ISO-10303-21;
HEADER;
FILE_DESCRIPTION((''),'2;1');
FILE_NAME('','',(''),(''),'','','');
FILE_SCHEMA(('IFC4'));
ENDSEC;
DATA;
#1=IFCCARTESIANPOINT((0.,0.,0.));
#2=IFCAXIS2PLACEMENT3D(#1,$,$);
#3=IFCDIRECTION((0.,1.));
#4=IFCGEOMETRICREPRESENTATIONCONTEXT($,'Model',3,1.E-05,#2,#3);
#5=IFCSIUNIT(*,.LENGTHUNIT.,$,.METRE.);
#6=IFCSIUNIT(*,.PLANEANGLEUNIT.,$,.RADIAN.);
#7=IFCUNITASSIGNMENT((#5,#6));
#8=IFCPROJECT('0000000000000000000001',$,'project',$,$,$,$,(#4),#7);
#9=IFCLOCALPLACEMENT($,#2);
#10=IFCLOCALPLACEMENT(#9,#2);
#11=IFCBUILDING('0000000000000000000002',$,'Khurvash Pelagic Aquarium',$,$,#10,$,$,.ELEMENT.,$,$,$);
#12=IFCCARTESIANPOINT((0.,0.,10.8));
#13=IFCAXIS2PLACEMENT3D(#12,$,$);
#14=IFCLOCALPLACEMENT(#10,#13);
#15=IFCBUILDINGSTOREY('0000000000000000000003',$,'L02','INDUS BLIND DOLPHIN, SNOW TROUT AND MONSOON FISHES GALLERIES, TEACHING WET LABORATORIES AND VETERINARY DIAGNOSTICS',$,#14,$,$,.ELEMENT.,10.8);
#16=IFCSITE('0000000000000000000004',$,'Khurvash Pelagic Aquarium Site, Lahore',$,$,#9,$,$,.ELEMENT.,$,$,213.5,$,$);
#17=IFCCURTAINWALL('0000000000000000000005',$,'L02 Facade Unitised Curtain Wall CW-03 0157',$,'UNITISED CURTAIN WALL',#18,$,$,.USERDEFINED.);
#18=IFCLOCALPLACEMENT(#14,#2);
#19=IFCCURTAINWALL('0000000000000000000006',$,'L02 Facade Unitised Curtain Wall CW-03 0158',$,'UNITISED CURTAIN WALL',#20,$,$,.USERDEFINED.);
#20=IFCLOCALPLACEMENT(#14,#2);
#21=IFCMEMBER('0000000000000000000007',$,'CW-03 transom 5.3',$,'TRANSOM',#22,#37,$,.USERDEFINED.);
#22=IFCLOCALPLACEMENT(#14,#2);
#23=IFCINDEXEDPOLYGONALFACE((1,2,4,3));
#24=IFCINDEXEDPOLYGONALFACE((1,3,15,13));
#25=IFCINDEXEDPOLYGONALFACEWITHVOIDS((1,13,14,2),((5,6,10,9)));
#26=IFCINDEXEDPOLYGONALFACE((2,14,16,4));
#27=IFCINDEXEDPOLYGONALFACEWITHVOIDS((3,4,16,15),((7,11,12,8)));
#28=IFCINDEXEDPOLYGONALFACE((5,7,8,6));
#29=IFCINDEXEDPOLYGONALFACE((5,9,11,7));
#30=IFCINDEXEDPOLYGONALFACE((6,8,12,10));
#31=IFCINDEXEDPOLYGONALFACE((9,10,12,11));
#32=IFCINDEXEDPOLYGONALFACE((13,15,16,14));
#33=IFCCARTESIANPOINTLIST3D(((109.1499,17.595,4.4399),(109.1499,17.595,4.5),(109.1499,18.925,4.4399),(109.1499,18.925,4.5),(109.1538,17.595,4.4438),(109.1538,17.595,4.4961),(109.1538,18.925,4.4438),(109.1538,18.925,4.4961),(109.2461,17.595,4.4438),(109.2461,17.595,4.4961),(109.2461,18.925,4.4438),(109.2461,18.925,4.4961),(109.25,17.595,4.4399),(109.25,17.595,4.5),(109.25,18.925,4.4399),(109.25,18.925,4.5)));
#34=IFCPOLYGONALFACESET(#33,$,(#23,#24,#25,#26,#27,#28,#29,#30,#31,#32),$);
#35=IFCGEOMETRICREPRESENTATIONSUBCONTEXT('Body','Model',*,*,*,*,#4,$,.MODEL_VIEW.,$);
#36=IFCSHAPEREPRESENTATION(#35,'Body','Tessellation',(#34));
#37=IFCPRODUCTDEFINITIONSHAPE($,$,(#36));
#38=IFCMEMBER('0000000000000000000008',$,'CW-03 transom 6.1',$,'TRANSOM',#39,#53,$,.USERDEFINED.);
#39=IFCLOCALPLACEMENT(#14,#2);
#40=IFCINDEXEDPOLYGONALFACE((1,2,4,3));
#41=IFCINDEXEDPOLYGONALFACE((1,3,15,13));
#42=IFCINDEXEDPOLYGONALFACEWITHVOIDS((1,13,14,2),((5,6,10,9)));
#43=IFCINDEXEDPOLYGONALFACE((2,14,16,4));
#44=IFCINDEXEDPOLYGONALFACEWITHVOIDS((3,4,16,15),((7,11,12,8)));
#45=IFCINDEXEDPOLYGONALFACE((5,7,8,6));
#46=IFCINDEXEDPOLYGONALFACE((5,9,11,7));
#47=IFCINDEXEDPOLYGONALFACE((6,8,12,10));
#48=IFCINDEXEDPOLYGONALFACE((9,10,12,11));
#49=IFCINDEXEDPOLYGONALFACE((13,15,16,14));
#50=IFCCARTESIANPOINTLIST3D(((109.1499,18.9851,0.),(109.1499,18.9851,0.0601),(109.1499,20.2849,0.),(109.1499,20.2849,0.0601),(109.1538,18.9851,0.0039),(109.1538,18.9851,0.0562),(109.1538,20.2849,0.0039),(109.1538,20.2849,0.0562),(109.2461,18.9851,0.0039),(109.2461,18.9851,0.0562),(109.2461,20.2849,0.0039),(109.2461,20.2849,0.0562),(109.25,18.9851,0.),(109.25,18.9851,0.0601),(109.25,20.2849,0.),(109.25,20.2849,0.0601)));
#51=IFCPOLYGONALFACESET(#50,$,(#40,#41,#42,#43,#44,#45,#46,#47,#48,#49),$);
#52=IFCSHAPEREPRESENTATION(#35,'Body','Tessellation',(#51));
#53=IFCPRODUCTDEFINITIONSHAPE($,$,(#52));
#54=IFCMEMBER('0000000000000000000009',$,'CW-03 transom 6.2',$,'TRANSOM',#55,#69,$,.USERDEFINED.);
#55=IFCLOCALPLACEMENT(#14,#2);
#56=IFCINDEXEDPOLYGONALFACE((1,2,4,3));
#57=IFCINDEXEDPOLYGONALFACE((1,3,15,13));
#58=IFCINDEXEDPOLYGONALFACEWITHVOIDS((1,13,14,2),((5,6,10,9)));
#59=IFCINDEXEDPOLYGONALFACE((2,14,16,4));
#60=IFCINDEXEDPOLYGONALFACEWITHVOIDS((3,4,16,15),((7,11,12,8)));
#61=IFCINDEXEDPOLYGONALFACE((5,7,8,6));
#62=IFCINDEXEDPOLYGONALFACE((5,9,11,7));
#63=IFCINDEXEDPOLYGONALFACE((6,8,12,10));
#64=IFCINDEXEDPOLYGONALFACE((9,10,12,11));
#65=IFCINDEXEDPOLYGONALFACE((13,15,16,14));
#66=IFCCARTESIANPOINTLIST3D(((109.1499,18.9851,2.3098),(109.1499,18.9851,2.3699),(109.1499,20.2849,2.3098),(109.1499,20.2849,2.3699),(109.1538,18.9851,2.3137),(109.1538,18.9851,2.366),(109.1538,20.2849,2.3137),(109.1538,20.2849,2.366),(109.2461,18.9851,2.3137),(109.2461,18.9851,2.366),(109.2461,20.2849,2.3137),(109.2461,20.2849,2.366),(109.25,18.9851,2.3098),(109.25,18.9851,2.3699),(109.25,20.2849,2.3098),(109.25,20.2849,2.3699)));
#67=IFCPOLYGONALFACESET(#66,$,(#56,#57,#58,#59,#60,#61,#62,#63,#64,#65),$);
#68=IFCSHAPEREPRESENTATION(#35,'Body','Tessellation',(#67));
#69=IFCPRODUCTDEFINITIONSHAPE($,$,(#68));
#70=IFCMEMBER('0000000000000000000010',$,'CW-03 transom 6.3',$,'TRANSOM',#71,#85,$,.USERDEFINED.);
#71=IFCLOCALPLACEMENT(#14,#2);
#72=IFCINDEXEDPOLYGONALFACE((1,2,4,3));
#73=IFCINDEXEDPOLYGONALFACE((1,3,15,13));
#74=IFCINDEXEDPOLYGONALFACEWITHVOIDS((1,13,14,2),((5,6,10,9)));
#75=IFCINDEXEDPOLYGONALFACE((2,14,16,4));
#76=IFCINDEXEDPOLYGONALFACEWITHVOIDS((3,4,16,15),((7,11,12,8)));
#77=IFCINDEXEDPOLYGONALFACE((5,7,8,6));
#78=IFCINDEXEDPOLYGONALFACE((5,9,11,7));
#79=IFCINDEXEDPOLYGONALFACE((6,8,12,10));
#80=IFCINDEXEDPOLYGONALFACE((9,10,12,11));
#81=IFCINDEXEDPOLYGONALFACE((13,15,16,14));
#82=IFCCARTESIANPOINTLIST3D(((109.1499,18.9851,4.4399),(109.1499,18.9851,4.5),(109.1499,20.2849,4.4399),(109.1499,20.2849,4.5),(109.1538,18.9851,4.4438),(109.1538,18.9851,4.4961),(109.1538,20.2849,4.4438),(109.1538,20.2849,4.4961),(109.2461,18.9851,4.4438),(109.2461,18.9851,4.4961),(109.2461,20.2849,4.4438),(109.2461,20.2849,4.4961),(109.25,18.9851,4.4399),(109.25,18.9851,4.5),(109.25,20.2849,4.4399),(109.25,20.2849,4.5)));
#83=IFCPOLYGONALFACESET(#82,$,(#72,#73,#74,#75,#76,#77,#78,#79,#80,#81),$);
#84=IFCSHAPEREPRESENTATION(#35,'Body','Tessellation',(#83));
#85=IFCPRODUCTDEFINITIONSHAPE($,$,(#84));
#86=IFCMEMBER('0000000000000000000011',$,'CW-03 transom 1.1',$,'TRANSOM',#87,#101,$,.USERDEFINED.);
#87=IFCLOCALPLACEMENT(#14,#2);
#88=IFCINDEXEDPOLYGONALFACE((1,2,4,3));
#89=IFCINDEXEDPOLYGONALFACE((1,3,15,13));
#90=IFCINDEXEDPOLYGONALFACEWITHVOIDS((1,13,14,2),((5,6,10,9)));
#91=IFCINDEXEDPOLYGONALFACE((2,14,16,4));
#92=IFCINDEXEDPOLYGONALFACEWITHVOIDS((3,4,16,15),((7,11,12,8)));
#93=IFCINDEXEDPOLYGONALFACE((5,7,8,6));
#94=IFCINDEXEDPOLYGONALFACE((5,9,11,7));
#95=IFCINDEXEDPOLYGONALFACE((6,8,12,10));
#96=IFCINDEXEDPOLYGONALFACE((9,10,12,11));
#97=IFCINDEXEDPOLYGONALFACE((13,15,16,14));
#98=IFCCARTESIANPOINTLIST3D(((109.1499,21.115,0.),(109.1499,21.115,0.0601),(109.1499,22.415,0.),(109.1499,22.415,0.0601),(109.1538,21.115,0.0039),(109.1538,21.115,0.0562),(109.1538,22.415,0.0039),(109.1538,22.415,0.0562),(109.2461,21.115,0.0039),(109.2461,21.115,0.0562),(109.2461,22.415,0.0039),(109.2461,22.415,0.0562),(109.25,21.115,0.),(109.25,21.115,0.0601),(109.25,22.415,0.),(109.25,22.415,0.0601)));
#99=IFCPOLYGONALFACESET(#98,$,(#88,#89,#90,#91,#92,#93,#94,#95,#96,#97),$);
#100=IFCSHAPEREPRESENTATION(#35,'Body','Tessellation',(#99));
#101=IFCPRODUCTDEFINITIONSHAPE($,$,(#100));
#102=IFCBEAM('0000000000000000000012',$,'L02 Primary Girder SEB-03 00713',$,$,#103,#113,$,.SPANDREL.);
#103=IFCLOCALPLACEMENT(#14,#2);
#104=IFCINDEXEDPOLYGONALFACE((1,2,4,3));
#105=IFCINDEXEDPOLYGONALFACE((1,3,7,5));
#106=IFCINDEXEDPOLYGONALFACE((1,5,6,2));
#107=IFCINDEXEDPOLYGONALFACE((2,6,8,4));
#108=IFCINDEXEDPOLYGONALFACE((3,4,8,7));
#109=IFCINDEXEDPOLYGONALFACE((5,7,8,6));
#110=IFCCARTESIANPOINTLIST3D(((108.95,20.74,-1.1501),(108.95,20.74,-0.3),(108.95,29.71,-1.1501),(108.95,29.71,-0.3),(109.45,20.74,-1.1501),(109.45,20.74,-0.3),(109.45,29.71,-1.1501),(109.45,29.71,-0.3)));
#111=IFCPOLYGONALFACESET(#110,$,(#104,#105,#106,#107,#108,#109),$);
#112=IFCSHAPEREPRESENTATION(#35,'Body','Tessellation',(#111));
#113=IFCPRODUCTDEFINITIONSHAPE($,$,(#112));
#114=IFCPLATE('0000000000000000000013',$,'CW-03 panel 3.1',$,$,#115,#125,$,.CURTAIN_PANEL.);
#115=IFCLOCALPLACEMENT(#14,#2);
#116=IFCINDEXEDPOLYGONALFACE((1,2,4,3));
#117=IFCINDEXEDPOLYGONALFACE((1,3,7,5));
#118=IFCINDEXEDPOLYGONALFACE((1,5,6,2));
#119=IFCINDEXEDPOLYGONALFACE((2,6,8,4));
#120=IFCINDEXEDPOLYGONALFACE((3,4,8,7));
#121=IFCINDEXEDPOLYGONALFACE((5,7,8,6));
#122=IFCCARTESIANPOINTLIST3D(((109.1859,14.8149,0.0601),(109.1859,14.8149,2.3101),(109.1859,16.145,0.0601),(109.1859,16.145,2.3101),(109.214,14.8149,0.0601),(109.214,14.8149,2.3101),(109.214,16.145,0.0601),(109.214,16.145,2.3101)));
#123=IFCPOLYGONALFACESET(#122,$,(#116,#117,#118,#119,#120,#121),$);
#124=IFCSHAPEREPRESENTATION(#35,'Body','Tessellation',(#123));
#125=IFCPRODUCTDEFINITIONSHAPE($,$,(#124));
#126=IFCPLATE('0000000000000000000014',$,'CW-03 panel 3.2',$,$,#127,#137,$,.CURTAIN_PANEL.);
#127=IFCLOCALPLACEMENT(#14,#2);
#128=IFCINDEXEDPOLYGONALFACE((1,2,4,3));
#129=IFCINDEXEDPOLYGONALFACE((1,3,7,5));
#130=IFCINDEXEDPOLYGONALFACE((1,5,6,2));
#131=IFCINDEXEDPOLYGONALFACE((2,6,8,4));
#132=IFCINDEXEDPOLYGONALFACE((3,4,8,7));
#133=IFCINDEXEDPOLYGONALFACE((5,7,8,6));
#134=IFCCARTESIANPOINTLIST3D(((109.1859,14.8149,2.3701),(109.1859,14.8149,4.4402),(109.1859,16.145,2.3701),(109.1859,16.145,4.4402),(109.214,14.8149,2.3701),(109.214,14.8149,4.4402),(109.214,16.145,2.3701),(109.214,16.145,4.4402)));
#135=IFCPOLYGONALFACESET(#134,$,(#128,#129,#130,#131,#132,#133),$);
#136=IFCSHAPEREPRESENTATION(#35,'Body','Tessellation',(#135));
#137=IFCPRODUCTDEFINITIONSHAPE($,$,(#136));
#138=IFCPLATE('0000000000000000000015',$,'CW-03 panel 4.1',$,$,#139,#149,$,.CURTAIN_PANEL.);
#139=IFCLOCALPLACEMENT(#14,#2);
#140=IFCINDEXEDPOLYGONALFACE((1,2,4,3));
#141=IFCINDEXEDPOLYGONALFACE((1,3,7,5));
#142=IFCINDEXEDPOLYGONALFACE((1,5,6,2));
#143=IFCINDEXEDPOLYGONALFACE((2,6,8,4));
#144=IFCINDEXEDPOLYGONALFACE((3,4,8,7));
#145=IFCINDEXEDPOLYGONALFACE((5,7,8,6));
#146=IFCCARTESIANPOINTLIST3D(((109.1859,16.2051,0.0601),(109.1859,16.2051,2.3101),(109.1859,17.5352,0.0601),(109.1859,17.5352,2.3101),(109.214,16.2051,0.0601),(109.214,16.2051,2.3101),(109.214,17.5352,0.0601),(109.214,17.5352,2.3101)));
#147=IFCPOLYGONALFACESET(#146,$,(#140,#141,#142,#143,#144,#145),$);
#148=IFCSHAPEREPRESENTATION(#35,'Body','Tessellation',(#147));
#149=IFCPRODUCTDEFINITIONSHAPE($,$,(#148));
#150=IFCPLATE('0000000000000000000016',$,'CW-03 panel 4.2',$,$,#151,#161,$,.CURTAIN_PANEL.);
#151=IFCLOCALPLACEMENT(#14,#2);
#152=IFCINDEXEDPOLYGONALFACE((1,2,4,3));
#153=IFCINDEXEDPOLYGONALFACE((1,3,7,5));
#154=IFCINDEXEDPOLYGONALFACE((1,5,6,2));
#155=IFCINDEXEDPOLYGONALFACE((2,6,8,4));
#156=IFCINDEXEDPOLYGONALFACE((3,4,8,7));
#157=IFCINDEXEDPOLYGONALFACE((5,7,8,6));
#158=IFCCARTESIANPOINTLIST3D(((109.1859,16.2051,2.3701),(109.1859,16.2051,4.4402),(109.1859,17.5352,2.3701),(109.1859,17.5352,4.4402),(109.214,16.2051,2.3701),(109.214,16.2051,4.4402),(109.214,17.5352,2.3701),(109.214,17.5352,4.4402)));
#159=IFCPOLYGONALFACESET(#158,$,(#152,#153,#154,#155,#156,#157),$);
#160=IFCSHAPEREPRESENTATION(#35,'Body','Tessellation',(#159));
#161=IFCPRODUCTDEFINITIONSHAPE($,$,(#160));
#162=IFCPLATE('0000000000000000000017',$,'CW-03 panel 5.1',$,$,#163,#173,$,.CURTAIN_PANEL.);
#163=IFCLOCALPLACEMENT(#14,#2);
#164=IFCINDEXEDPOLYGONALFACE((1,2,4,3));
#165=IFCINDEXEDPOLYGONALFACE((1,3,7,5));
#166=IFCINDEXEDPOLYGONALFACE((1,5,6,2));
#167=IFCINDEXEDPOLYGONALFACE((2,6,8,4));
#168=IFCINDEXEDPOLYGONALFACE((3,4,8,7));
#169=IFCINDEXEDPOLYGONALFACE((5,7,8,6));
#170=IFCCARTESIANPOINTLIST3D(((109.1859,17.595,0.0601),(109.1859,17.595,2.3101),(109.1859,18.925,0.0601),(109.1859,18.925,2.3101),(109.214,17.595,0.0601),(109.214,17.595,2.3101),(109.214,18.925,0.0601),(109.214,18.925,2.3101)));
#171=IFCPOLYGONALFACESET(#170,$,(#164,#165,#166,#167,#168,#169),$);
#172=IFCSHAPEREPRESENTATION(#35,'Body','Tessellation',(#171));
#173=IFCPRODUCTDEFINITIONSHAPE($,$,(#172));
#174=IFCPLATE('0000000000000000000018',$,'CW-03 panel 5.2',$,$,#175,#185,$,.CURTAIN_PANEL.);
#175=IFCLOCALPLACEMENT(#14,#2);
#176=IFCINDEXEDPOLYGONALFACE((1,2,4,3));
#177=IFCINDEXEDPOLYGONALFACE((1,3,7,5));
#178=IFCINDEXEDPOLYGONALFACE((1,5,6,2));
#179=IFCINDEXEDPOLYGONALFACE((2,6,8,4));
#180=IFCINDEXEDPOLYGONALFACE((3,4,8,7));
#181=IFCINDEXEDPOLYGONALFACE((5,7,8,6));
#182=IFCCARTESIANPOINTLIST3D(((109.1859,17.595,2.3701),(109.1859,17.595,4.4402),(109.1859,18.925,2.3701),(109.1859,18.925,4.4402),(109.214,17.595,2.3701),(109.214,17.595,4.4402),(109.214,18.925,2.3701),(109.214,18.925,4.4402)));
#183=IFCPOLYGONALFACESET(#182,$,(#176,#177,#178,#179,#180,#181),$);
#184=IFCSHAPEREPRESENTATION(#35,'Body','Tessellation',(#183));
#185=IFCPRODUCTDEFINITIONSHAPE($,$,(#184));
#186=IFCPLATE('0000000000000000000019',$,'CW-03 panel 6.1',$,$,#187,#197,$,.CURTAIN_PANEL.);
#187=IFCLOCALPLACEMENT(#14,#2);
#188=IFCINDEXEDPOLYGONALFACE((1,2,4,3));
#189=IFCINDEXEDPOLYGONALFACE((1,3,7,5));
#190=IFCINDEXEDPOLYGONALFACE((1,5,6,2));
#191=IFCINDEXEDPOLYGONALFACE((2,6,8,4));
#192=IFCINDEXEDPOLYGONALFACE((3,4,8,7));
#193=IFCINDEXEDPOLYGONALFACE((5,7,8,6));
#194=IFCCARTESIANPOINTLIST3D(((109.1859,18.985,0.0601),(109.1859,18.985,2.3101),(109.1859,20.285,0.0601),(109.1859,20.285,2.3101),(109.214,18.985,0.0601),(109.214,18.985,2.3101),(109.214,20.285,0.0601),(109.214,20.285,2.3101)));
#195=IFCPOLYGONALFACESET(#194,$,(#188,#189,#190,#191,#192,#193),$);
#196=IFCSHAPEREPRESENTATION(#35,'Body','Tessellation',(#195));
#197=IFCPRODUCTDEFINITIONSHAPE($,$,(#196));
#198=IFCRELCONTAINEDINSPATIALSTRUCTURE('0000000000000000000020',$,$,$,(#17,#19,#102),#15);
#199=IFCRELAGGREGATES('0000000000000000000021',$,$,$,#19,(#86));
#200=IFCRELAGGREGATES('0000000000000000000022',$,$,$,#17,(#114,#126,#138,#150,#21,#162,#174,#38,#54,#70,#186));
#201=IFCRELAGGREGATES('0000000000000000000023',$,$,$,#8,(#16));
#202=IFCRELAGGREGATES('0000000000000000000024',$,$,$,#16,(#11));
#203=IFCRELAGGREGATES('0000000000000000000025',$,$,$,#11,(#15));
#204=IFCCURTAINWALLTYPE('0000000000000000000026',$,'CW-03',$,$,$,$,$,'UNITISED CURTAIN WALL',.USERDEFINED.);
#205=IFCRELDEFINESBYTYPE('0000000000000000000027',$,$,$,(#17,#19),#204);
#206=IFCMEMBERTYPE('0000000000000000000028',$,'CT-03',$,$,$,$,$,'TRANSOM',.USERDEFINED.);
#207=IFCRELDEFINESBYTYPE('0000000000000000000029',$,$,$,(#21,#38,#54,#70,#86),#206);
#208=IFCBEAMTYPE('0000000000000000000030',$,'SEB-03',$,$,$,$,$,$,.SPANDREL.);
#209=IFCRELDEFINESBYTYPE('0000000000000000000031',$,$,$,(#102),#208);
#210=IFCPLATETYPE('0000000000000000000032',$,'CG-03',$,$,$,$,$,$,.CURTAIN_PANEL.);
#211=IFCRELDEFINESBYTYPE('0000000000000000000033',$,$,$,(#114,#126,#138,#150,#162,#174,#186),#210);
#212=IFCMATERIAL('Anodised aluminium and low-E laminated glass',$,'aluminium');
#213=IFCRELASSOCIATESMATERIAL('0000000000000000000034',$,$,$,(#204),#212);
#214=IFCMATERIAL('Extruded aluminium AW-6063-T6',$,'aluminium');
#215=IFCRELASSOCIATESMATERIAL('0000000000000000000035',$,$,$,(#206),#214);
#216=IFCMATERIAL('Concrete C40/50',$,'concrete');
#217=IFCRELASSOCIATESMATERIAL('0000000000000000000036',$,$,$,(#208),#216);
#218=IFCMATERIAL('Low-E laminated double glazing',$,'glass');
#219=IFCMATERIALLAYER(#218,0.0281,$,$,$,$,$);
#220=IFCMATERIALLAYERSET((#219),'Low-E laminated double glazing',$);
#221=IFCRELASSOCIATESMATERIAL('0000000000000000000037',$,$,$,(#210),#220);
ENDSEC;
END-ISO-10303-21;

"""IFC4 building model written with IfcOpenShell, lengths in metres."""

from ifc_helpers import new_model, si_unit, direction, frame, origin, origin_2d, place, context, subcontext, project, spatial, rectangle, hollow_rectangle, extrude, material, layer, layer_set, material_profile, profile_set, type_object, element, aggregate, save


model = new_model("IFC4")

# Units and contexts
model_context = context("Model", 3, precision=1e-05, world=origin(), true_north=direction((0.0, 1.0)))
body_context = subcontext(model_context, "Body", "Model", "MODEL_VIEW")
ifc_project = project(units=[si_unit("LENGTHUNIT", "METRE"), si_unit("PLANEANGLEUNIT", "RADIAN")], contexts=[model_context])

# Site, building, storey
site_placement = place(None, origin())
site = spatial("IfcSite", under=ifc_project, at=site_placement, Name="Khurvash Pelagic Aquarium Site, Lahore", CompositionType="ELEMENT", RefElevation=213.5)
building_placement = place(site_placement, origin())
building = spatial("IfcBuilding", under=site, at=building_placement, Name="Khurvash Pelagic Aquarium", CompositionType="ELEMENT")
storey_placement = place(building_placement, frame((0.0, 0.0, 10.8)))
storey = spatial("IfcBuildingStorey", under=building, at=storey_placement, Name="L02", Description="INDUS BLIND DOLPHIN, SNOW TROUT AND MONSOON FISHES GALLERIES, TEACHING WET LABORATORIES AND VETERINARY DIAGNOSTICS", CompositionType="ELEMENT", Elevation=10.8)

# Shared definitions
ifc_material_1 = material(Name="Concrete C40/50", Category="concrete")

# Curtain wall
ifc_material_2 = material(Name="Anodised aluminium and low-E laminated glass", Category="aluminium")
curtain_wall_type = type_object("IfcCurtainWallType", Name="CW-03", ElementType="UNITISED CURTAIN WALL", PredefinedType="USERDEFINED", material=ifc_material_2)
curtain_wall_1_placement = place(storey_placement, origin())
curtain_wall_1 = element("IfcCurtainWall", 1, at=curtain_wall_1_placement, inside=storey, type_object=curtain_wall_type, Name="L02 Facade Unitised Curtain Wall CW-03 0157", ObjectType="UNITISED CURTAIN WALL", PredefinedType="USERDEFINED")
ifc_material_3 = material(Name="Extruded aluminium AW-6063-T6", Category="aluminium")

# Curtain wall
curtain_wall_2_placement = place(storey_placement, origin())
curtain_wall_2 = element("IfcCurtainWall", 2, at=curtain_wall_2_placement, inside=storey, type_object=curtain_wall_type, Name="L02 Facade Unitised Curtain Wall CW-03 0158", ObjectType="UNITISED CURTAIN WALL", PredefinedType="USERDEFINED")

# Members
ifc_material_profile_1 = material_profile(ifc_material_3, hollow_rectangle(XDim=0.1001, YDim=0.0601, WallThickness=0.0039, at=origin_2d()), Name="CWT100X60X4")
ifc_profile_set_1 = profile_set([ifc_material_profile_1], Name="Extruded aluminium AW-6063-T6")
member_type_1 = type_object("IfcMemberType", Name="CT-03", ElementType="TRANSOM", PredefinedType="USERDEFINED", material=ifc_profile_set_1)
member_1_placement = place(storey_placement, frame((109.2, 17.595, 4.47), z_axis=(0.0, 1.0, 0.0), x_axis=(-1.0, 0.0, 0.0)))
member_1 = element("IfcMember", 3, at=member_1_placement, type_object=member_type_1, Name="CW-03 transom 5.3", ObjectType="TRANSOM", PredefinedType="USERDEFINED", context=body_context, shape_type="SweptSolid", body=[
    extrude(hollow_rectangle(XDim=0.1001, YDim=0.0601, WallThickness=0.0039, at=origin_2d()), origin(), (0.0, 0.0, 1.0), 1.3301),
])
member_2_placement = place(storey_placement, frame((109.2, 18.9851, 0.03), z_axis=(0.0, 1.0, 0.0), x_axis=(-1.0, 0.0, 0.0)))
member_2 = element("IfcMember", 4, at=member_2_placement, type_object=member_type_1, Name="CW-03 transom 6.1", ObjectType="TRANSOM", PredefinedType="USERDEFINED", context=body_context, shape_type="SweptSolid", body=[
    extrude(hollow_rectangle(XDim=0.1001, YDim=0.0601, WallThickness=0.0039, at=origin_2d()), origin(), (0.0, 0.0, 1.0), 1.2998),
])
member_3_placement = place(storey_placement, frame((109.2, 18.9851, 2.3398), z_axis=(0.0, 1.0, 0.0), x_axis=(-1.0, 0.0, 0.0)))
member_3 = element("IfcMember", 5, at=member_3_placement, type_object=member_type_1, Name="CW-03 transom 6.2", ObjectType="TRANSOM", PredefinedType="USERDEFINED", context=body_context, shape_type="SweptSolid", body=[
    extrude(hollow_rectangle(XDim=0.1001, YDim=0.0601, WallThickness=0.0039, at=origin_2d()), origin(), (0.0, 0.0, 1.0), 1.2998),
])
member_4_placement = place(storey_placement, frame((109.2, 18.9851, 4.47), z_axis=(0.0, 1.0, 0.0), x_axis=(-1.0, 0.0, 0.0)))
member_4 = element("IfcMember", 6, at=member_4_placement, type_object=member_type_1, Name="CW-03 transom 6.3", ObjectType="TRANSOM", PredefinedType="USERDEFINED", context=body_context, shape_type="SweptSolid", body=[
    extrude(hollow_rectangle(XDim=0.1001, YDim=0.0601, WallThickness=0.0039, at=origin_2d()), origin(), (0.0, 0.0, 1.0), 1.2998),
])
member_5_placement = place(storey_placement, frame((109.2, 21.115, 0.03), z_axis=(0.0, 1.0, 0.0), x_axis=(-1.0, 0.0, 0.0)))
member_5 = element("IfcMember", 7, at=member_5_placement, type_object=member_type_1, Name="CW-03 transom 1.1", ObjectType="TRANSOM", PredefinedType="USERDEFINED", context=body_context, shape_type="SweptSolid", body=[
    extrude(hollow_rectangle(XDim=0.1001, YDim=0.0601, WallThickness=0.0039, at=origin_2d()), origin(), (0.0, 0.0, 1.0), 1.3),
])
aggregate(curtain_wall_2, [member_5])

# Beam
ifc_material_profile_2 = material_profile(ifc_material_1, rectangle(XDim=0.5, YDim=0.8501, at=origin_2d()), Name="RC500X850")
ifc_profile_set_2 = profile_set([ifc_material_profile_2], Name="Concrete C40/50")
beam_type = type_object("IfcBeamType", Name="SEB-03", PredefinedType="SPANDREL", material=ifc_profile_set_2)
beam_placement = place(storey_placement, frame((109.2, 20.74, -0.7251), z_axis=(0.0, 1.0, 0.0), x_axis=(-1.0, 0.0, 0.0)))
element("IfcBeam", 8, at=beam_placement, inside=storey, type_object=beam_type, Name="L02 Primary Girder SEB-03 00713", PredefinedType="SPANDREL", context=body_context, shape_type="SweptSolid", body=[
    extrude(rectangle(XDim=0.5, YDim=0.8501, at=origin_2d()), origin(), (0.0, 0.0, 1.0), 8.97),
])

# Plates
ifc_material_4 = material(Name="Low-E laminated double glazing", Category="glass")
ifc_layer = layer(ifc_material_4, 0.0281)
ifc_layer_set = layer_set([ifc_layer], Name="Low-E laminated double glazing")
plate_type = type_object("IfcPlateType", Name="CG-03", PredefinedType="CURTAIN_PANEL", material=ifc_layer_set)
plate_1_placement = place(storey_placement, frame((109.2, 15.48, 0.0601), z_axis=(0.0, 0.0, 1.0), x_axis=(0.0, 1.0, 0.0)))
plate_1 = element("IfcPlate", 9, at=plate_1_placement, type_object=plate_type, Name="CW-03 panel 3.1", PredefinedType="CURTAIN_PANEL", context=body_context, shape_type="SweptSolid", body=[
    extrude(rectangle(XDim=1.3301, YDim=0.0281, at=origin_2d()), origin(), (0.0, 0.0, 1.0), 2.25),
])
plate_2_placement = place(storey_placement, frame((109.2, 15.48, 2.3701), z_axis=(0.0, 0.0, 1.0), x_axis=(0.0, 1.0, 0.0)))
plate_2 = element("IfcPlate", 10, at=plate_2_placement, type_object=plate_type, Name="CW-03 panel 3.2", PredefinedType="CURTAIN_PANEL", context=body_context, shape_type="SweptSolid", body=[
    extrude(rectangle(XDim=1.3301, YDim=0.0281, at=origin_2d()), origin(), (0.0, 0.0, 1.0), 2.0701),
])
plate_3_placement = place(storey_placement, frame((109.2, 16.8701, 0.0601), z_axis=(0.0, 0.0, 1.0), x_axis=(0.0, 1.0, 0.0)))
plate_3 = element("IfcPlate", 11, at=plate_3_placement, type_object=plate_type, Name="CW-03 panel 4.1", PredefinedType="CURTAIN_PANEL", context=body_context, shape_type="SweptSolid", body=[
    extrude(rectangle(XDim=1.3301, YDim=0.0281, at=origin_2d()), origin(), (0.0, 0.0, 1.0), 2.25),
])
plate_4_placement = place(storey_placement, frame((109.2, 16.8701, 2.3701), z_axis=(0.0, 0.0, 1.0), x_axis=(0.0, 1.0, 0.0)))
plate_4 = element("IfcPlate", 12, at=plate_4_placement, type_object=plate_type, Name="CW-03 panel 4.2", PredefinedType="CURTAIN_PANEL", context=body_context, shape_type="SweptSolid", body=[
    extrude(rectangle(XDim=1.3301, YDim=0.0281, at=origin_2d()), origin(), (0.0, 0.0, 1.0), 2.0701),
])
plate_5_placement = place(storey_placement, frame((109.2, 18.26, 0.0601), z_axis=(0.0, 0.0, 1.0), x_axis=(0.0, 1.0, 0.0)))
plate_5 = element("IfcPlate", 13, at=plate_5_placement, type_object=plate_type, Name="CW-03 panel 5.1", PredefinedType="CURTAIN_PANEL", context=body_context, shape_type="SweptSolid", body=[
    extrude(rectangle(XDim=1.3301, YDim=0.0281, at=origin_2d()), origin(), (0.0, 0.0, 1.0), 2.25),
])
plate_6_placement = place(storey_placement, frame((109.2, 18.26, 2.3701), z_axis=(0.0, 0.0, 1.0), x_axis=(0.0, 1.0, 0.0)))
plate_6 = element("IfcPlate", 14, at=plate_6_placement, type_object=plate_type, Name="CW-03 panel 5.2", PredefinedType="CURTAIN_PANEL", context=body_context, shape_type="SweptSolid", body=[
    extrude(rectangle(XDim=1.3301, YDim=0.0281, at=origin_2d()), origin(), (0.0, 0.0, 1.0), 2.0701),
])
plate_7_placement = place(storey_placement, frame((109.2, 19.635, 0.0601), z_axis=(0.0, 0.0, 1.0), x_axis=(0.0, 1.0, 0.0)))
plate_7 = element("IfcPlate", 15, at=plate_7_placement, type_object=plate_type, Name="CW-03 panel 6.1", PredefinedType="CURTAIN_PANEL", context=body_context, shape_type="SweptSolid", body=[
    extrude(rectangle(XDim=1.3, YDim=0.0281, at=origin_2d()), origin(), (0.0, 0.0, 1.0), 2.25),
])
aggregate(curtain_wall_1, [plate_1, plate_2, plate_3, plate_4, member_1, plate_5, plate_6, member_2, member_3, member_4, plate_7])

save(model, "model.ifc")
